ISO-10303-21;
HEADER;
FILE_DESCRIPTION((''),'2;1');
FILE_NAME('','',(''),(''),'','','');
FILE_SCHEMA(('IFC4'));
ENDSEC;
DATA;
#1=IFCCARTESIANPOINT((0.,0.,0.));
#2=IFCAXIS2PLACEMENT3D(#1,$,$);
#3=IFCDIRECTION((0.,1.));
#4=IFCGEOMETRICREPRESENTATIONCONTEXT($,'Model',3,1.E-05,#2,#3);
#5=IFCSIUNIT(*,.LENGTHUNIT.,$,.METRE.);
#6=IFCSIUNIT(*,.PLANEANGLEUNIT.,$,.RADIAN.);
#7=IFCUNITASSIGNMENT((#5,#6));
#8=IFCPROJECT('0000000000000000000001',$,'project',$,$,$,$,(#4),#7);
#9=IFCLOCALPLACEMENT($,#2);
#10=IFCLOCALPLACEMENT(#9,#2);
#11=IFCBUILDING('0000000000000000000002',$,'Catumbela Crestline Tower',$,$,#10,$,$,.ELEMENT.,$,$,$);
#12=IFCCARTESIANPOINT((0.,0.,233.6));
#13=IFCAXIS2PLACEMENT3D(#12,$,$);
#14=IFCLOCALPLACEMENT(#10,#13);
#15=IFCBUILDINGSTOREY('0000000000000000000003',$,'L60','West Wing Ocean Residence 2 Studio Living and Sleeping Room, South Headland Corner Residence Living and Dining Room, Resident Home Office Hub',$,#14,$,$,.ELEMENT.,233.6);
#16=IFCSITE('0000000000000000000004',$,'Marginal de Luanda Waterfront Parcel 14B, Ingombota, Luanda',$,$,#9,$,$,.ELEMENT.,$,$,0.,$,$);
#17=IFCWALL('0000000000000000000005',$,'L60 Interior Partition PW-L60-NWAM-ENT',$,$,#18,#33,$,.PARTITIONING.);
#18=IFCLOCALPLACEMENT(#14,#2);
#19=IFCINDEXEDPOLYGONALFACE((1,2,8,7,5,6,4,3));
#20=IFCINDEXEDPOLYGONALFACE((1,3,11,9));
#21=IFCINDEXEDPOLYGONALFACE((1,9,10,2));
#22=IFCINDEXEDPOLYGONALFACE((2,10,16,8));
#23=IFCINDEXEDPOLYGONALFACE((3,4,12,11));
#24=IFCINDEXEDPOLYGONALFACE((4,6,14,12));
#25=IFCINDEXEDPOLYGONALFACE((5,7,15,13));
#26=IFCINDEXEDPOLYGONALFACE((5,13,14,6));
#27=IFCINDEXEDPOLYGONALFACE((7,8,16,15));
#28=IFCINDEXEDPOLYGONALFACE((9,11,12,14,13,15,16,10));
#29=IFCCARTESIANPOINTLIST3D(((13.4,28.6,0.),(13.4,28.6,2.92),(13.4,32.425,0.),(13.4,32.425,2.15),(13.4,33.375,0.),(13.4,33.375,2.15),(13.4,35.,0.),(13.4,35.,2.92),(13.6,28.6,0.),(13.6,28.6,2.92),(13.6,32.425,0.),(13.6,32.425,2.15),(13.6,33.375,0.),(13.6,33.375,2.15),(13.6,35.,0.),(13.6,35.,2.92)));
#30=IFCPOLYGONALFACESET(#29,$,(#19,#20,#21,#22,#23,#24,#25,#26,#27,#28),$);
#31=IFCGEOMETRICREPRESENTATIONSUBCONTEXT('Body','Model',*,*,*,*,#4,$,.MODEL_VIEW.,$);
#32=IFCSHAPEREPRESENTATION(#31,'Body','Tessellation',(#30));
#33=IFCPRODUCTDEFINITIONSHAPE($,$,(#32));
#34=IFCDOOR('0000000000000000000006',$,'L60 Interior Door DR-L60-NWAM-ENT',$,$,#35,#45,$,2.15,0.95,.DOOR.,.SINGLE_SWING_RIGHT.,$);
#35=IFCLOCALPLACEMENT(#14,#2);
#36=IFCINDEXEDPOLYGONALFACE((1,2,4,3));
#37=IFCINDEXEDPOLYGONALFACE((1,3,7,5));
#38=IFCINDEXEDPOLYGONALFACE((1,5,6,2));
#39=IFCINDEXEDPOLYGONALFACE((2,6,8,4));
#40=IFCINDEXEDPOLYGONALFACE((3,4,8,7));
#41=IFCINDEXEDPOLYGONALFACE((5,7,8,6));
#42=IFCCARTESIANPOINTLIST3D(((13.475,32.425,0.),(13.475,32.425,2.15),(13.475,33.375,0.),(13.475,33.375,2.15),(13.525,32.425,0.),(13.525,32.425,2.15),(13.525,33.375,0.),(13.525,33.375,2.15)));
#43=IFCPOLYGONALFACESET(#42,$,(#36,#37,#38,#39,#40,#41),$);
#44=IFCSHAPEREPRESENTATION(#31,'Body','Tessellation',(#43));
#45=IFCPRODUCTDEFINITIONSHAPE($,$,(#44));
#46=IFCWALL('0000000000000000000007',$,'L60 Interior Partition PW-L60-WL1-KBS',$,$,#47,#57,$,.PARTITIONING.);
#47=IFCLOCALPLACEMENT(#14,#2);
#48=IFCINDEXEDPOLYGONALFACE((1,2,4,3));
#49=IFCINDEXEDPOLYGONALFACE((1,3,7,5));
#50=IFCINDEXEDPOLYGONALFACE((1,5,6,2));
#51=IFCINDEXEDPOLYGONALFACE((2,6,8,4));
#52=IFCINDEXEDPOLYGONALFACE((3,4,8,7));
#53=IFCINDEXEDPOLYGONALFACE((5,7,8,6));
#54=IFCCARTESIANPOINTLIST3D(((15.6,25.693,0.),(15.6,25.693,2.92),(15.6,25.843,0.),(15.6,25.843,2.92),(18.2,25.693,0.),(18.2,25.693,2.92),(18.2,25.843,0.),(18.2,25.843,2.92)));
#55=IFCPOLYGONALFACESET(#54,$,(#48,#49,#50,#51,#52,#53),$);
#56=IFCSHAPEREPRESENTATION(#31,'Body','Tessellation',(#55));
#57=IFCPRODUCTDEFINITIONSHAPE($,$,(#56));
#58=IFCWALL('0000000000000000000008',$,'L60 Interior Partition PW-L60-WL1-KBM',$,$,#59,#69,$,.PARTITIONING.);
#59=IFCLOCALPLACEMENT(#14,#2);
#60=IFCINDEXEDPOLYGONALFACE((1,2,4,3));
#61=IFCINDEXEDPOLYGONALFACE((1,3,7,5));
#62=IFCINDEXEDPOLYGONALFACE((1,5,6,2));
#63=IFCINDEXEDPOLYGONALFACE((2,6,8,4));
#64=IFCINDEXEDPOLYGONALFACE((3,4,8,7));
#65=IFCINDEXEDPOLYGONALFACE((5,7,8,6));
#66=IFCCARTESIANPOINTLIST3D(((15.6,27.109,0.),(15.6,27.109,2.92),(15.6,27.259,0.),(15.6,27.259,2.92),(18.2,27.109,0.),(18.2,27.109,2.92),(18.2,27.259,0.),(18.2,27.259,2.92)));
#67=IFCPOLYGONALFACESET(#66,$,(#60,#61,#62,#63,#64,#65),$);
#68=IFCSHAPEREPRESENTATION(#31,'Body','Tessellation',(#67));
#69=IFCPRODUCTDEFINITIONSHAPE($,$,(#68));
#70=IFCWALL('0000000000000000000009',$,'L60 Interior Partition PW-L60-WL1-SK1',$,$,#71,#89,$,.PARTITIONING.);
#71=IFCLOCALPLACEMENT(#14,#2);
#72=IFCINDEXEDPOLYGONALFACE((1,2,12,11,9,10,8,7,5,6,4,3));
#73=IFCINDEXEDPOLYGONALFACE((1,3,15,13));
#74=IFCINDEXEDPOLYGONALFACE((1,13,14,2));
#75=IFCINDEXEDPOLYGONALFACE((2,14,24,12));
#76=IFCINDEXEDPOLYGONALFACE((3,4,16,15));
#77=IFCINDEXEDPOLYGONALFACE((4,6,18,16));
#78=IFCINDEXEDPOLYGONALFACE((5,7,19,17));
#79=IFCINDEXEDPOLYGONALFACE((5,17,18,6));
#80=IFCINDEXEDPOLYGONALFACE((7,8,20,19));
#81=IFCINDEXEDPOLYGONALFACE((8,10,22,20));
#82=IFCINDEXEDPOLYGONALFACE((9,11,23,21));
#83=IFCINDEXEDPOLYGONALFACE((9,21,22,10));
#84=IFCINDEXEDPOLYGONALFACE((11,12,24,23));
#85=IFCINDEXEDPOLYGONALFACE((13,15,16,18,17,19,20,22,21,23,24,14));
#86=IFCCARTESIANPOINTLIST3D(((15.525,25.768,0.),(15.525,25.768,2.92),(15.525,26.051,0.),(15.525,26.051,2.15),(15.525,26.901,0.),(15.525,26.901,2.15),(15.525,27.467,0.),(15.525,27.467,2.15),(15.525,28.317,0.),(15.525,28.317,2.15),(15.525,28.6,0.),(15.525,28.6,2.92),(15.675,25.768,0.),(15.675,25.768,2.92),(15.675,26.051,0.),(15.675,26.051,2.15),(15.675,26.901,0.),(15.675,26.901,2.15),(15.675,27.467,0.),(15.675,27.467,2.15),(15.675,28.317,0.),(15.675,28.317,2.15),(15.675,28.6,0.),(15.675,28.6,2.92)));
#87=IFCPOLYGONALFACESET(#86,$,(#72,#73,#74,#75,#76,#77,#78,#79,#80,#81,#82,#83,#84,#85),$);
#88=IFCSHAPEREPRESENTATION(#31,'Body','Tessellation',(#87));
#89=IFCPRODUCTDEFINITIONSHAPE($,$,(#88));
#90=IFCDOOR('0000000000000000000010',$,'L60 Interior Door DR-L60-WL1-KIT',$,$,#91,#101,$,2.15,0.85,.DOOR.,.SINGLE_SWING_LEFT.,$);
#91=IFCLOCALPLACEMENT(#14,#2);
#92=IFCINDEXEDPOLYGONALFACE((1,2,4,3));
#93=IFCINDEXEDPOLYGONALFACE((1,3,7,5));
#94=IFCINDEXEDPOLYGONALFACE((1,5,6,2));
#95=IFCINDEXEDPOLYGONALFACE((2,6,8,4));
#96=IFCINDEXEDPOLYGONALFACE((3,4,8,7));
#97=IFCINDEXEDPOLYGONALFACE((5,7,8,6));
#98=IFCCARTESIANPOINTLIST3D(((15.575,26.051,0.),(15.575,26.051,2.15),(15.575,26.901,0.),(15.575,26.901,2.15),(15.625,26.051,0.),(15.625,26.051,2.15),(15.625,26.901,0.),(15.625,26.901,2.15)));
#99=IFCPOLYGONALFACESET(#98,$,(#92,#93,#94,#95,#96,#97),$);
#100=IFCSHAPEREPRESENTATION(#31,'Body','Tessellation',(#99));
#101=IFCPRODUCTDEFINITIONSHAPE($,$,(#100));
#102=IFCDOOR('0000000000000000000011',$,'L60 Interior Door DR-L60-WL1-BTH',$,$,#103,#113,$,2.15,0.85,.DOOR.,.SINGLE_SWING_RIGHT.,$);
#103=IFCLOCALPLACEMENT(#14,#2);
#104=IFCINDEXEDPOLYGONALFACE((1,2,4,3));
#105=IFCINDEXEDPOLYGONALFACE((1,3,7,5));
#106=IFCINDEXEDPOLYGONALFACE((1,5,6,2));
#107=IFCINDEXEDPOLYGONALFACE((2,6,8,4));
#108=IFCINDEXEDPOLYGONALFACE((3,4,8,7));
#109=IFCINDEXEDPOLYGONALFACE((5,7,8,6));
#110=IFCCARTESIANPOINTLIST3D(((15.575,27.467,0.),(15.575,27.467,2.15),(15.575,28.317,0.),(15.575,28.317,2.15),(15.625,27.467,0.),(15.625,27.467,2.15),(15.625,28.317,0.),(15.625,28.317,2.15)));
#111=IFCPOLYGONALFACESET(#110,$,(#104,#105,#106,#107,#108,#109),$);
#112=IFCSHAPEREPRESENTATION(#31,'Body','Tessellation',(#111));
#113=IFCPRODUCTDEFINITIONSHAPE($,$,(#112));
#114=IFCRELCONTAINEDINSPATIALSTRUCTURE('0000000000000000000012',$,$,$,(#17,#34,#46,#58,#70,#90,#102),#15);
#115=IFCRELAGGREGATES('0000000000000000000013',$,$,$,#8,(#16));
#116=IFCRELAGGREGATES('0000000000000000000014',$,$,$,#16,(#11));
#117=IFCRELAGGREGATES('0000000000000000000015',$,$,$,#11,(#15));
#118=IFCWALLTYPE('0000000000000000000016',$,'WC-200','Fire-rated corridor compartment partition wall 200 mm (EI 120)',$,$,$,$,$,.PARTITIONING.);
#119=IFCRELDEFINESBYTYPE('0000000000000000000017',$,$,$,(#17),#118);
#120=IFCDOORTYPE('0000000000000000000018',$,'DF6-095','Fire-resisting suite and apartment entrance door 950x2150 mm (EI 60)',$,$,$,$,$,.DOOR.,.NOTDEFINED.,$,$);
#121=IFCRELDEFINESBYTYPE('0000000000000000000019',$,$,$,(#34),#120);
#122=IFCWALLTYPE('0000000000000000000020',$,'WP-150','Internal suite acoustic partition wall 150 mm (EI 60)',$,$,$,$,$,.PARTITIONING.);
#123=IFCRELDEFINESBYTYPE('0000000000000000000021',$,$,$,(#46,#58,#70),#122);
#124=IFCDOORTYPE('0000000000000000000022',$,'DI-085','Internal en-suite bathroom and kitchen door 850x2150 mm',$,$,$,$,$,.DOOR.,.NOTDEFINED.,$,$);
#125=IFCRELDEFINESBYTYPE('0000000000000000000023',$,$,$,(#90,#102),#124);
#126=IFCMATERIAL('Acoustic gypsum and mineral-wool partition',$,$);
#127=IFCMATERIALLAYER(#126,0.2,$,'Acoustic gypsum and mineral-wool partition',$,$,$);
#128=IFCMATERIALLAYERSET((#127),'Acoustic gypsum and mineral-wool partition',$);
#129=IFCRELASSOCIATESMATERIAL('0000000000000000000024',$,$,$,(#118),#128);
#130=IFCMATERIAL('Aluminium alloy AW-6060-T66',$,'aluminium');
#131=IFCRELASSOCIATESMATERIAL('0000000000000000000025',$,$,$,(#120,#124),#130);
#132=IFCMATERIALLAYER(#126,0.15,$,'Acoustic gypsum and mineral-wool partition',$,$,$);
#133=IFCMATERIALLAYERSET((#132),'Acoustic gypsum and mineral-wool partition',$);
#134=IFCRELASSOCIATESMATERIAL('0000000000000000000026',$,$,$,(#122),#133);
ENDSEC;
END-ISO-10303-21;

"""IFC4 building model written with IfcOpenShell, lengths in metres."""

from ifc_helpers import new_model, si_unit, direction, frame, frame_2d, origin, place, context, subcontext, project, spatial, rectangle, extrude, material, layer, layer_set, type_object, element, fill, save


model = new_model("IFC4")

# Units and contexts
model_context = context("Model", 3, precision=1e-05, world=origin(), true_north=direction((0.0, 1.0)))
body_context = subcontext(model_context, "Body", "Model", "MODEL_VIEW")
ifc_project = project(units=[si_unit("LENGTHUNIT", "METRE"), si_unit("PLANEANGLEUNIT", "RADIAN")], contexts=[model_context])

# Site, building, storey
site_placement = place(None, origin())
site = spatial("IfcSite", under=ifc_project, at=site_placement, Name="Marginal de Luanda Waterfront Parcel 14B, Ingombota, Luanda", CompositionType="ELEMENT", RefElevation=0.0)
building_placement = place(site_placement, origin())
building = spatial("IfcBuilding", under=site, at=building_placement, Name="Catumbela Crestline Tower", CompositionType="ELEMENT")
storey_placement = place(building_placement, frame((0.0, 0.0, 233.6)))
storey = spatial("IfcBuildingStorey", under=building, at=storey_placement, Name="L60", Description="West Wing Ocean Residence 2 Studio Living and Sleeping Room, South Headland Corner Residence Living and Dining Room, Resident Home Office Hub", CompositionType="ELEMENT", Elevation=233.6)

# Shared definitions
ifc_material_1 = material(Name="Acoustic gypsum and mineral-wool partition")
ifc_layer_1 = layer(ifc_material_1, 0.2, Name="Acoustic gypsum and mineral-wool partition")
ifc_layer_set_1 = layer_set([ifc_layer_1], Name="Acoustic gypsum and mineral-wool partition")
wall_type_1 = type_object("IfcWallType", Name="WC-200", Description="Fire-rated corridor compartment partition wall 200 mm (EI 120)", PredefinedType="PARTITIONING", material=ifc_layer_set_1)

# Wall, opening, door
wall_1_placement = place(storey_placement, frame((13.5, 28.6, 0.0), z_axis=(0.0, 0.0, 1.0), x_axis=(0.0, 1.0, 0.0)))
wall_1 = element("IfcWall", 1, at=wall_1_placement, inside=storey, type_object=wall_type_1, Name="L60 Interior Partition PW-L60-NWAM-ENT", PredefinedType="PARTITIONING", context=body_context, shape_type="SweptSolid", body=[
    extrude(rectangle(XDim=6.4, YDim=0.2, at=frame_2d((3.2, 0.0))), origin(), (0.0, 0.0, 1.0), 2.92),
])
opening_1_placement = place(wall_1_placement, frame((3.825, 0.0, 0.0)))
opening_1 = element("IfcOpeningElement", 2, at=opening_1_placement, cuts=wall_1, PredefinedType="OPENING", context=body_context, shape_type="SweptSolid", body=[
    extrude(rectangle(XDim=0.95, YDim=2.15, at=frame_2d((0.475, 1.075))), frame((0.0, 0.11, 0.0), z_axis=(0.0, -1.0, 0.0), x_axis=(1.0, 0.0, 0.0)), (0.0, 0.0, 1.0), 0.22),
])
ifc_material_2 = material(Name="Aluminium alloy AW-6060-T66", Category="aluminium")
door_type_1 = type_object("IfcDoorType", Name="DF6-095", Description="Fire-resisting suite and apartment entrance door 950x2150 mm (EI 60)", OperationType="NOTDEFINED", PredefinedType="DOOR", material=ifc_material_2)
door_1_placement = place(opening_1_placement, origin())
door_1 = element("IfcDoor", 3, at=door_1_placement, inside=storey, type_object=door_type_1, Name="L60 Interior Door DR-L60-NWAM-ENT", OperationType="SINGLE_SWING_RIGHT", OverallHeight=2.15, OverallWidth=0.95, PredefinedType="DOOR", context=body_context, shape_type="SweptSolid", body=[
    extrude(rectangle(XDim=0.95, YDim=2.15, at=frame_2d((0.475, 1.075))), frame((0.0, 0.025, 0.0), z_axis=(0.0, -1.0, 0.0), x_axis=(1.0, 0.0, 0.0)), (0.0, 0.0, 1.0), 0.05),
])
fill(opening_1, door_1)

# Walls
ifc_layer_2 = layer(ifc_material_1, 0.15, Name="Acoustic gypsum and mineral-wool partition")
ifc_layer_set_2 = layer_set([ifc_layer_2], Name="Acoustic gypsum and mineral-wool partition")
wall_type_2 = type_object("IfcWallType", Name="WP-150", Description="Internal suite acoustic partition wall 150 mm (EI 60)", PredefinedType="PARTITIONING", material=ifc_layer_set_2)
for number, where, z_axis, x_axis, name in (
    (4, (15.6, 25.768, 0.0), (0.0, 0.0, 1.0), (1.0, 0.0, 0.0), "L60 Interior Partition PW-L60-WL1-KBS"),
    (5, (15.6, 27.184, 0.0), (0.0, 0.0, 1.0), (1.0, 0.0, 0.0), "L60 Interior Partition PW-L60-WL1-KBM"),
):
    element("IfcWall", number, at=place(storey_placement, frame(where, z_axis=z_axis, x_axis=x_axis)), inside=storey, type_object=wall_type_2, Name=name, PredefinedType="PARTITIONING", context=body_context, shape_type="SweptSolid", body=[
        extrude(rectangle(XDim=2.6, YDim=0.15, at=frame_2d((1.3, 0.0))), origin(), (0.0, 0.0, 1.0), 2.92),
    ])

# Wall, openings, doors
wall_2_placement = place(storey_placement, frame((15.6, 25.768, 0.0), z_axis=(0.0, 0.0, 1.0), x_axis=(0.0, 1.0, 0.0)))
wall_2 = element("IfcWall", 6, at=wall_2_placement, inside=storey, type_object=wall_type_2, Name="L60 Interior Partition PW-L60-WL1-SK1", PredefinedType="PARTITIONING", context=body_context, shape_type="SweptSolid", body=[
    extrude(rectangle(XDim=2.832, YDim=0.15, at=frame_2d((1.416, 0.0))), origin(), (0.0, 0.0, 1.0), 2.92),
])
opening_2_placement = place(wall_2_placement, frame((0.283, 0.0, 0.0)))
opening_2 = element("IfcOpeningElement", 7, at=opening_2_placement, cuts=wall_2, PredefinedType="OPENING", context=body_context, shape_type="SweptSolid", body=[
    extrude(rectangle(XDim=0.85, YDim=2.15, at=frame_2d((0.425, 1.075))), frame((0.0, 0.085, 0.0), z_axis=(0.0, -1.0, 0.0), x_axis=(1.0, 0.0, 0.0)), (0.0, 0.0, 1.0), 0.17),
])
opening_3_placement = place(wall_2_placement, frame((1.699, 0.0, 0.0)))
opening_3 = element("IfcOpeningElement", 8, at=opening_3_placement, cuts=wall_2, PredefinedType="OPENING", context=body_context, shape_type="SweptSolid", body=[
    extrude(rectangle(XDim=0.85, YDim=2.15, at=frame_2d((0.425, 1.075))), frame((0.0, 0.085, 0.0), z_axis=(0.0, -1.0, 0.0), x_axis=(1.0, 0.0, 0.0)), (0.0, 0.0, 1.0), 0.17),
])
door_type_2 = type_object("IfcDoorType", Name="DI-085", Description="Internal en-suite bathroom and kitchen door 850x2150 mm", OperationType="NOTDEFINED", PredefinedType="DOOR", material=ifc_material_2)
door_2_placement = place(opening_2_placement, origin())
door_2 = element("IfcDoor", 9, at=door_2_placement, inside=storey, type_object=door_type_2, Name="L60 Interior Door DR-L60-WL1-KIT", OperationType="SINGLE_SWING_LEFT", OverallHeight=2.15, OverallWidth=0.85, PredefinedType="DOOR", context=body_context, shape_type="SweptSolid", body=[
    extrude(rectangle(XDim=0.85, YDim=2.15, at=frame_2d((0.425, 1.075))), frame((0.0, 0.025, 0.0), z_axis=(0.0, -1.0, 0.0), x_axis=(1.0, 0.0, 0.0)), (0.0, 0.0, 1.0), 0.05),
])
fill(opening_2, door_2)
door_3_placement = place(opening_3_placement, origin())
door_3 = element("IfcDoor", 10, at=door_3_placement, inside=storey, type_object=door_type_2, Name="L60 Interior Door DR-L60-WL1-BTH", OperationType="SINGLE_SWING_RIGHT", OverallHeight=2.15, OverallWidth=0.85, PredefinedType="DOOR", context=body_context, shape_type="SweptSolid", body=[
    extrude(rectangle(XDim=0.85, YDim=2.15, at=frame_2d((0.425, 1.075))), frame((0.0, 0.025, 0.0), z_axis=(0.0, -1.0, 0.0), x_axis=(1.0, 0.0, 0.0)), (0.0, 0.0, 1.0), 0.05),
])
fill(opening_3, door_3)

save(model, "model.ifc")
